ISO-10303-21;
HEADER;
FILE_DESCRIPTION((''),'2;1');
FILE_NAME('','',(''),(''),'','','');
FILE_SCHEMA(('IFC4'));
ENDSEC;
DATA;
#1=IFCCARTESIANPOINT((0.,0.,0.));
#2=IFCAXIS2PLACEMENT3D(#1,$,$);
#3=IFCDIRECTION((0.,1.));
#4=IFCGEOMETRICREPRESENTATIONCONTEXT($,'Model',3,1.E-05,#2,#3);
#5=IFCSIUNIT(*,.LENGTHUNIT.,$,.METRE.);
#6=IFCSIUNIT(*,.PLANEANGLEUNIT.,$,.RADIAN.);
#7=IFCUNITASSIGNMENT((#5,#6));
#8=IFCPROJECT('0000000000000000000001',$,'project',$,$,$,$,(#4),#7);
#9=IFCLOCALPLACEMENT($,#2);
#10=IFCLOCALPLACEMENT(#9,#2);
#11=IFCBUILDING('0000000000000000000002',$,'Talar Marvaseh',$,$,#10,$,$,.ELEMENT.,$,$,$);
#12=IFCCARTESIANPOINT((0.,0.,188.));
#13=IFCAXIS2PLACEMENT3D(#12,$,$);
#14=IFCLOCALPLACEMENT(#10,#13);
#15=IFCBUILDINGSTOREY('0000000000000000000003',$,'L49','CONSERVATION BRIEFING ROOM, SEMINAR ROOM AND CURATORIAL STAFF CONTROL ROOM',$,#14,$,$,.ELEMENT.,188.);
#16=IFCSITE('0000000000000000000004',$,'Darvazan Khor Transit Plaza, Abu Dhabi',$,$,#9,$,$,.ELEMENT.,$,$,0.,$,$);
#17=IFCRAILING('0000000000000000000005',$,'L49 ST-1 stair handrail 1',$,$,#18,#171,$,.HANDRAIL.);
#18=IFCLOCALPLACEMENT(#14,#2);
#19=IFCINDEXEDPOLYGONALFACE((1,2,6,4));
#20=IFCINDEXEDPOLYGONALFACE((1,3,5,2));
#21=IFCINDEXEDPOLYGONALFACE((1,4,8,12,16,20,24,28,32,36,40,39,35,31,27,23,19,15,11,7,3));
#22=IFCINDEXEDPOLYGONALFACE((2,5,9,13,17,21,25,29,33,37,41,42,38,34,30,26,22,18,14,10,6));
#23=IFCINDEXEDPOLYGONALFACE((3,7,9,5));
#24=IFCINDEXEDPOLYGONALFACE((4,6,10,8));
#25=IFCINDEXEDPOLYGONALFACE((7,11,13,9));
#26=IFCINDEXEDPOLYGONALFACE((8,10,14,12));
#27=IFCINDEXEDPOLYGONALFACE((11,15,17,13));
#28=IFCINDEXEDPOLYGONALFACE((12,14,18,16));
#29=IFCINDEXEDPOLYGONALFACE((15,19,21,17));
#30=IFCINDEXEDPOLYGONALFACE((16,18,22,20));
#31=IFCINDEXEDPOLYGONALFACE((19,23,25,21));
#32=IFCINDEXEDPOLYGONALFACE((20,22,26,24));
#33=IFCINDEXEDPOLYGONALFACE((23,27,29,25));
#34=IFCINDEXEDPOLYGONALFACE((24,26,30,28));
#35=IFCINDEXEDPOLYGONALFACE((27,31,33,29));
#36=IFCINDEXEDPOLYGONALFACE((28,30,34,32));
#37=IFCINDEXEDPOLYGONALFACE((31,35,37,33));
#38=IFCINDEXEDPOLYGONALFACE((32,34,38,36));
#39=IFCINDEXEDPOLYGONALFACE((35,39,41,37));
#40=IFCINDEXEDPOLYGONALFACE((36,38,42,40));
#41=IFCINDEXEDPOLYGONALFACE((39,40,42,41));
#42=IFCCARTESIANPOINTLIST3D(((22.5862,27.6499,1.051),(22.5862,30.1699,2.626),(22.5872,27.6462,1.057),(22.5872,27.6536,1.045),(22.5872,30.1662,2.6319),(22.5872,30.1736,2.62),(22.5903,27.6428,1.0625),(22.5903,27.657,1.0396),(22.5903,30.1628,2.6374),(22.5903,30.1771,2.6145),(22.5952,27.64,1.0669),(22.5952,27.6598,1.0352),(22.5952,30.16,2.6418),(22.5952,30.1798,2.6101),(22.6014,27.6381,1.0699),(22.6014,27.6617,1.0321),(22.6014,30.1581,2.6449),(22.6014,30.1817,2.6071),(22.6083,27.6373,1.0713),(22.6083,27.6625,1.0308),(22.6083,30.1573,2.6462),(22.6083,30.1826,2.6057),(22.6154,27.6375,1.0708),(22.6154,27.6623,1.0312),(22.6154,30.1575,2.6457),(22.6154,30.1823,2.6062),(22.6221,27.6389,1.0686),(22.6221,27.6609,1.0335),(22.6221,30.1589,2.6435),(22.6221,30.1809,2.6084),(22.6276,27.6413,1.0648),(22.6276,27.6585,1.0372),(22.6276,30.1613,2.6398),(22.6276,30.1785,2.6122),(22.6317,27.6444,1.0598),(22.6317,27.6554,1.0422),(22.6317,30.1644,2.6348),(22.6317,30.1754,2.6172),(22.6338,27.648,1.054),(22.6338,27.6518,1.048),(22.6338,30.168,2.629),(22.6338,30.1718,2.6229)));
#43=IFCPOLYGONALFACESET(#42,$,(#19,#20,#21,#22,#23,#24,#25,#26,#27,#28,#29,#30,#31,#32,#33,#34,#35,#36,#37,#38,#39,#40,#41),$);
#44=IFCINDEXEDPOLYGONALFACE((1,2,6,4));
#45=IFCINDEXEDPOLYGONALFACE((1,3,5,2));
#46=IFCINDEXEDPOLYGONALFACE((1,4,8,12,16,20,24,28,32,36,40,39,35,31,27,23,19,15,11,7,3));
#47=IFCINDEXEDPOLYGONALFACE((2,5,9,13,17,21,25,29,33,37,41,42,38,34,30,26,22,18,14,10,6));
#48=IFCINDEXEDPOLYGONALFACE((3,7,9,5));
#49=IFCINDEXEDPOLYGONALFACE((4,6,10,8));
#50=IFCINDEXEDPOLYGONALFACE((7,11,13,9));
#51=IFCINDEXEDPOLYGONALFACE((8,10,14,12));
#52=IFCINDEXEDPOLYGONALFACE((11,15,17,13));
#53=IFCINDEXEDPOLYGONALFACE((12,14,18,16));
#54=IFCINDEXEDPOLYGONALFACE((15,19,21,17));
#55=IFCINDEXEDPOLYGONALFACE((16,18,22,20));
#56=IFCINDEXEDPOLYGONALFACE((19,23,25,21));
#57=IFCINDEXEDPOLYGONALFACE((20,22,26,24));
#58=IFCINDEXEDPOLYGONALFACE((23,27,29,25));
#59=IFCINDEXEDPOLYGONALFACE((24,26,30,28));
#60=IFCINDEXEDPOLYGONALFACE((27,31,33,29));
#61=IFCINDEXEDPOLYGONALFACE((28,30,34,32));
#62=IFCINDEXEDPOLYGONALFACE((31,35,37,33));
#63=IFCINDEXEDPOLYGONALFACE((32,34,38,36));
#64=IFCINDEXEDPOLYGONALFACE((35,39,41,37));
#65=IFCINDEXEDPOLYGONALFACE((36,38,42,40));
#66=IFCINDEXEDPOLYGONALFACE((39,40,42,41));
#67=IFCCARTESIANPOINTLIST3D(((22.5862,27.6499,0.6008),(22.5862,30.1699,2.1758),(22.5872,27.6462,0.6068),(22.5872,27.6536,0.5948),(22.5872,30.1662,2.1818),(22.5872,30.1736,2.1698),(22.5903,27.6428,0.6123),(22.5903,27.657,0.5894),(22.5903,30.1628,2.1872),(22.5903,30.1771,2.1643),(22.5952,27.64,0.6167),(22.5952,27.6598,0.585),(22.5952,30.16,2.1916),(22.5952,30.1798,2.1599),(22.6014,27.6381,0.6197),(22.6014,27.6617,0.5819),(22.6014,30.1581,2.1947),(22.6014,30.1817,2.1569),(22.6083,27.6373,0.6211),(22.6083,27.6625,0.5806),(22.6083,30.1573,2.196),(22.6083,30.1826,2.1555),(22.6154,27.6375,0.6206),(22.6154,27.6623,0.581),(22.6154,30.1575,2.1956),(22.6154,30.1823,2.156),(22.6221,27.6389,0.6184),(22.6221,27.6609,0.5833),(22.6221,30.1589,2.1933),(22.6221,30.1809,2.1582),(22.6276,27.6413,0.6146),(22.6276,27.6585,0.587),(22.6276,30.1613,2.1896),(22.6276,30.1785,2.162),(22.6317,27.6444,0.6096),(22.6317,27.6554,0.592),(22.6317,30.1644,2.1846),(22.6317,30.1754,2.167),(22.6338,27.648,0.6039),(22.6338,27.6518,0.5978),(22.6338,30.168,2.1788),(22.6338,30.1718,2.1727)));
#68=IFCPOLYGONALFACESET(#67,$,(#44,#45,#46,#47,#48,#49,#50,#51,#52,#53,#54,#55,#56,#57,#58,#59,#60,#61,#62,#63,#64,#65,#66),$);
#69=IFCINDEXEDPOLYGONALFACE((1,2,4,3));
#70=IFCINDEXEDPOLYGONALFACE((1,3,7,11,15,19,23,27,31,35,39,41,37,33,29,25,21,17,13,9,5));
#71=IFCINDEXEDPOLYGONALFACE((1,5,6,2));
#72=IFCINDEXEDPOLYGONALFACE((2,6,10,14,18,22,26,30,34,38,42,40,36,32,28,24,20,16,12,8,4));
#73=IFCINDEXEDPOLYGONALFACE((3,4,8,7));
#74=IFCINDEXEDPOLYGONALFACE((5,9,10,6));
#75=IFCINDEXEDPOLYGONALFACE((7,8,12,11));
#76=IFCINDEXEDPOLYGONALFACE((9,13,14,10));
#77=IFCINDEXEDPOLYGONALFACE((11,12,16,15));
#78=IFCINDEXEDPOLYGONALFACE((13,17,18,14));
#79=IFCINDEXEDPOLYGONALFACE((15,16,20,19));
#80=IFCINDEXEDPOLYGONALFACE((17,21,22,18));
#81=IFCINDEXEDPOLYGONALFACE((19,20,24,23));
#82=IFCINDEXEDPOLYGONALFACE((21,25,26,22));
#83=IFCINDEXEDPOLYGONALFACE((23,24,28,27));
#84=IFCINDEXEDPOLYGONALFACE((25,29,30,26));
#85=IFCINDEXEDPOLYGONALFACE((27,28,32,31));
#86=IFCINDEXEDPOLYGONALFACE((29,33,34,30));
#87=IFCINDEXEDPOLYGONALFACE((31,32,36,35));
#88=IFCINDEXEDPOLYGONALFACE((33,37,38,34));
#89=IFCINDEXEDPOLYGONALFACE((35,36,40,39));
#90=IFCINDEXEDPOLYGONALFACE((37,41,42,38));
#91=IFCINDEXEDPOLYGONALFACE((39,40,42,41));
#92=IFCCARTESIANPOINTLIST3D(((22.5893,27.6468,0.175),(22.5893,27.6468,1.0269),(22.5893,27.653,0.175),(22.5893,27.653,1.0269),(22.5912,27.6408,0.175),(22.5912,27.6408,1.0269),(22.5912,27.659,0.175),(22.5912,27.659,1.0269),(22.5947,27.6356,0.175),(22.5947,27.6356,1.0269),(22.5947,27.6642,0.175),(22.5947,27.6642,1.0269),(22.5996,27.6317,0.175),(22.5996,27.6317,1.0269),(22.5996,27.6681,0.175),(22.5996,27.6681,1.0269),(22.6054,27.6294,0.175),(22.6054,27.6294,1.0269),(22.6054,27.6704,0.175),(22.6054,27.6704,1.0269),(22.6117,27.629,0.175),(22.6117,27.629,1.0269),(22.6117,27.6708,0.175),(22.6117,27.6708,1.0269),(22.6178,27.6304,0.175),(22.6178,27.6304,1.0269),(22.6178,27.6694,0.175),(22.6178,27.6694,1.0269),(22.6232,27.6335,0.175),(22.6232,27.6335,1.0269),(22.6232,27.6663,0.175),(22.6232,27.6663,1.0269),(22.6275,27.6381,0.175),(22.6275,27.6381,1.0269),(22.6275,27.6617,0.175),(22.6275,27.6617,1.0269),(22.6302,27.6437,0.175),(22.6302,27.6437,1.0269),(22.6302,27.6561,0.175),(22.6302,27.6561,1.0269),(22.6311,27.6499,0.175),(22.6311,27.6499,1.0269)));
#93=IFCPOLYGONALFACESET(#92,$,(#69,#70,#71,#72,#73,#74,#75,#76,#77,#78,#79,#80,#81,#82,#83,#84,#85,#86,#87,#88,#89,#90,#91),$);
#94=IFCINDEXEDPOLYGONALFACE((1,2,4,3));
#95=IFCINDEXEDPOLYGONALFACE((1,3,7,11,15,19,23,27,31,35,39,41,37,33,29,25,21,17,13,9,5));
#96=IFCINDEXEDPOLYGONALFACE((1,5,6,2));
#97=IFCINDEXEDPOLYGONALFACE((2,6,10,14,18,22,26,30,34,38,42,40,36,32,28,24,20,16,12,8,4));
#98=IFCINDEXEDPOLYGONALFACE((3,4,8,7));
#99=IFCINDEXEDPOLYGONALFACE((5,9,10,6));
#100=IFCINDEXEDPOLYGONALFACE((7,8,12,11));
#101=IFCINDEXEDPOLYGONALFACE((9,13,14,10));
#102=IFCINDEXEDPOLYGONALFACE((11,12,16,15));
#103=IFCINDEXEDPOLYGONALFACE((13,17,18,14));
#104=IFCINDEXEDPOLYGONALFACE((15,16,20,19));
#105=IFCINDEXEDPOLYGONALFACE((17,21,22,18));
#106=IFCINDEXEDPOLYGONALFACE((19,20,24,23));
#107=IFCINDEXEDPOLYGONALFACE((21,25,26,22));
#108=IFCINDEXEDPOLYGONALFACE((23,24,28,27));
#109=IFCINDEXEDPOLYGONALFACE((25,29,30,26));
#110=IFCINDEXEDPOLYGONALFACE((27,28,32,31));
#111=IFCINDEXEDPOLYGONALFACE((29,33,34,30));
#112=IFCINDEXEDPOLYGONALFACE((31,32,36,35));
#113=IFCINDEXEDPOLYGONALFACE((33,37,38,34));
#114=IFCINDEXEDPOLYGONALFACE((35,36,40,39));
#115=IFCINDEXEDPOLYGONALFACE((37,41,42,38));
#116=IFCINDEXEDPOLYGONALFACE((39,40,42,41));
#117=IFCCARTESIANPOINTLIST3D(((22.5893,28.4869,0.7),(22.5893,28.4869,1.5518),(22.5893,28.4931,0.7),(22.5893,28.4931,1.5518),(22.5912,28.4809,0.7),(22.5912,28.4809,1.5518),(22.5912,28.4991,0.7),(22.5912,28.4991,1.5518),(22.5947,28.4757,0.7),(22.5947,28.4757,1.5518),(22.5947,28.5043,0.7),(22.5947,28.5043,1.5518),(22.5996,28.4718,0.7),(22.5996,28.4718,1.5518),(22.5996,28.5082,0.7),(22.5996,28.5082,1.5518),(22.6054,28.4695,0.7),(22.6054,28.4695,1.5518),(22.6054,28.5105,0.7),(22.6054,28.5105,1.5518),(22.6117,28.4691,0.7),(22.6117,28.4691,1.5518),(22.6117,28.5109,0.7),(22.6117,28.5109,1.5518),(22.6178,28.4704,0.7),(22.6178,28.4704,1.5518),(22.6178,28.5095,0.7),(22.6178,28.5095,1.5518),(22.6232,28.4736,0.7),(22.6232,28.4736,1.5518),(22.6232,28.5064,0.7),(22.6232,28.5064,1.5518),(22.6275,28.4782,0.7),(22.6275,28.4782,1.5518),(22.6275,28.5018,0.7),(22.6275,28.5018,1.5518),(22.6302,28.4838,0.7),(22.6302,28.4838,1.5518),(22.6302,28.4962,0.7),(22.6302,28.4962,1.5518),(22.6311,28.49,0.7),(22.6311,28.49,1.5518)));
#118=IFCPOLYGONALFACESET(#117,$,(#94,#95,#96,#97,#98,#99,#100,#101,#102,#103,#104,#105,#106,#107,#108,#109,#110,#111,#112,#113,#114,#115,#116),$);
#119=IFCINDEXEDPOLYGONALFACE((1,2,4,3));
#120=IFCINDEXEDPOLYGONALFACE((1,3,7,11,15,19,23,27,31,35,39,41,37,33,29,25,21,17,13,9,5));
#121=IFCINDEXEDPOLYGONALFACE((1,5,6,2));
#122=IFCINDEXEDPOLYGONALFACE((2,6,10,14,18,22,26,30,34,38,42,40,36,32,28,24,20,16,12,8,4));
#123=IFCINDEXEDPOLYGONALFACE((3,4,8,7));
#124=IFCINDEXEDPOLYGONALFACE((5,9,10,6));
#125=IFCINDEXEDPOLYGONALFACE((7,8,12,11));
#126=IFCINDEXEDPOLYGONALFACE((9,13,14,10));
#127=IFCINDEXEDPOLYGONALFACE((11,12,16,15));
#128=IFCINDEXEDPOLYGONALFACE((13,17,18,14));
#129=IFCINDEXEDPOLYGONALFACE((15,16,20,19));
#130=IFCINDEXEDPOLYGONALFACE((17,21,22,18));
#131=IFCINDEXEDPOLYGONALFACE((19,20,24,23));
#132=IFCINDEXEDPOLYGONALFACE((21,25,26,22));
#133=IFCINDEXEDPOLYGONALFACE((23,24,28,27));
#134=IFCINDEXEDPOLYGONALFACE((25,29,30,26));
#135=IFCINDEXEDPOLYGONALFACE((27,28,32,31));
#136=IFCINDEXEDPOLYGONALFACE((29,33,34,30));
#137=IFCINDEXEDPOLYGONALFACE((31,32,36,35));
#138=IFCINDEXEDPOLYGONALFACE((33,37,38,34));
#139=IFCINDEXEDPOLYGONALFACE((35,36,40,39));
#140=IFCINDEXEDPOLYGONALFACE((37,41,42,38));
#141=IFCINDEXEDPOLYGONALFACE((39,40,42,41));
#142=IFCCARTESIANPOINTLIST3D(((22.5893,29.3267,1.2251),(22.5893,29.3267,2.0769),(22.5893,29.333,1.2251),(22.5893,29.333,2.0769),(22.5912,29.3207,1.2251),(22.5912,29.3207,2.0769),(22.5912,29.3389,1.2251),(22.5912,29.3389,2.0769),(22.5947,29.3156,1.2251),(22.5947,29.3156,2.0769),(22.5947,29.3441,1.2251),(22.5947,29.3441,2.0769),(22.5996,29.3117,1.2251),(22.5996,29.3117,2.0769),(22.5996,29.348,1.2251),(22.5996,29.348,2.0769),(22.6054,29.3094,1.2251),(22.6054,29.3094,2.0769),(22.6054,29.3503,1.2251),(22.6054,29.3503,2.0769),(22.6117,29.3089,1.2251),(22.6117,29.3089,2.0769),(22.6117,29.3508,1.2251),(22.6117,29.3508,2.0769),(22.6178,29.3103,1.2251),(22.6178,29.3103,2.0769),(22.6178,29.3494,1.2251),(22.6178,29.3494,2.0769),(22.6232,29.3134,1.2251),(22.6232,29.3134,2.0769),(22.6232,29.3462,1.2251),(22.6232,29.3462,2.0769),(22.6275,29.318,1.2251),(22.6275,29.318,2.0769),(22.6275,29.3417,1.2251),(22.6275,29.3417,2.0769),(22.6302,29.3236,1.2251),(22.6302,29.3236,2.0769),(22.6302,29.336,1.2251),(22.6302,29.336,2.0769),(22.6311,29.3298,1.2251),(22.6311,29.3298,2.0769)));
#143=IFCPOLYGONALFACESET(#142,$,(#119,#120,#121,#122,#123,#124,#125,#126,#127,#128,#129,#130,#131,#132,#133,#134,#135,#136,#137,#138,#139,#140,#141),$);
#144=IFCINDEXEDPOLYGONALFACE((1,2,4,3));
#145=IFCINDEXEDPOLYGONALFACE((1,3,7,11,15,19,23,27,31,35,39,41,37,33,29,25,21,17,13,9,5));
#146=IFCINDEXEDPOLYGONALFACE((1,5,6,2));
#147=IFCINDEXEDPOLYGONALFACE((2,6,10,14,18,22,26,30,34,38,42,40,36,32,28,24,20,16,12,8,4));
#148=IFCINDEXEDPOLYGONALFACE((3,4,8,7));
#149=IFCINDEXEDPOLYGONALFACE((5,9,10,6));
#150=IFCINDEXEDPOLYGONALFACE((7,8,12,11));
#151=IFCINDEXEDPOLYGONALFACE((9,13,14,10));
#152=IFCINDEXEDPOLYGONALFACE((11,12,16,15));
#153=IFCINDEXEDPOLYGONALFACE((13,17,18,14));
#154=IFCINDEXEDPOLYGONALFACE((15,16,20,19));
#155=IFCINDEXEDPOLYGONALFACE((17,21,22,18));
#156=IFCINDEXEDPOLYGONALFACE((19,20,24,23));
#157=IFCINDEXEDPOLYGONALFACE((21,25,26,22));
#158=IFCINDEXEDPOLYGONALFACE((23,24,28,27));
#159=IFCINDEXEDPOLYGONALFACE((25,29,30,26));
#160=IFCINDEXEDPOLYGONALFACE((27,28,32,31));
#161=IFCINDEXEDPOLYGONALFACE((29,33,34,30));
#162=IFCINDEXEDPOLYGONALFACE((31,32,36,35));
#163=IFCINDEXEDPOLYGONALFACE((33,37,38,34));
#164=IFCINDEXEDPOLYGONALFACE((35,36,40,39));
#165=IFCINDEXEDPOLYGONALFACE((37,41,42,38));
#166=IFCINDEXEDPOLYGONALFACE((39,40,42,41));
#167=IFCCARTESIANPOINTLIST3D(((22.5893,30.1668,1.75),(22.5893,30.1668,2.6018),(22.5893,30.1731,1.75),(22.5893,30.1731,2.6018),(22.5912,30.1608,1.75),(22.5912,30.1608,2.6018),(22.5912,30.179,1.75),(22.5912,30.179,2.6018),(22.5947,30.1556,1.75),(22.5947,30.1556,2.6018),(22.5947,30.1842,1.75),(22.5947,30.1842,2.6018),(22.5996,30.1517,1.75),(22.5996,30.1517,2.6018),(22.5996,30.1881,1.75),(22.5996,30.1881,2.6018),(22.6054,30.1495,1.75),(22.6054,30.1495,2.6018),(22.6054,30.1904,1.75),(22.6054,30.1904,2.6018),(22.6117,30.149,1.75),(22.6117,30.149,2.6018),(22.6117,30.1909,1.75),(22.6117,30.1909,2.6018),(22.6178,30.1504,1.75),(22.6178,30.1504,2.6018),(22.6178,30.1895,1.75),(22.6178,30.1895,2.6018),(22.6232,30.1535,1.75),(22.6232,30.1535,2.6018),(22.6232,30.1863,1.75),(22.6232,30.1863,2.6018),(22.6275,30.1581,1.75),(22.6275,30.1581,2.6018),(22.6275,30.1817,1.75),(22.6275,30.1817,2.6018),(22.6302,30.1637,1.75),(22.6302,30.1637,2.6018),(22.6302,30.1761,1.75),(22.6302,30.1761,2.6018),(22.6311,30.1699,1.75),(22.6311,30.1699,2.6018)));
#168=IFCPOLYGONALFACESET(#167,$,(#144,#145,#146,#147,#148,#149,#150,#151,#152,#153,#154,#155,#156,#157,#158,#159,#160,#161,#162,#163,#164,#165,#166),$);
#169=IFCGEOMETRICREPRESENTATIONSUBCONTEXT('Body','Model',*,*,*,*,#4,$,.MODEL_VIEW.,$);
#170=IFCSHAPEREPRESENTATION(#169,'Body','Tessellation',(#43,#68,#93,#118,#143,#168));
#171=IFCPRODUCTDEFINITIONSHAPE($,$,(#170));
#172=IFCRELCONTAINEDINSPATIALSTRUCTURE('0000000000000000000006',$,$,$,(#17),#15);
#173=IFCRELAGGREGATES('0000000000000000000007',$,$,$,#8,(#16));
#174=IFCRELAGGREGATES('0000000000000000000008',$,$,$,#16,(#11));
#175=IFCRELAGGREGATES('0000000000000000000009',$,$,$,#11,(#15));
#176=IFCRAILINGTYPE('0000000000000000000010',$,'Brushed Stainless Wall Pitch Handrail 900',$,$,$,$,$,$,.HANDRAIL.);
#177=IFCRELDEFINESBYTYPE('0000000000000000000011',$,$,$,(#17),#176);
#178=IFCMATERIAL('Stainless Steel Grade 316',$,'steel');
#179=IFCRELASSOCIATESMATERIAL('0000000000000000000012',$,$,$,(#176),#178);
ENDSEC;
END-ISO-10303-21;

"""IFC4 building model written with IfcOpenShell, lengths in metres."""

from ifc_helpers import new_model, si_unit, direction, frame, origin, origin_2d, place, context, subcontext, project, spatial, circle, extrude, material, type_object, element, save


model = new_model("IFC4")

# Units and contexts
model_context = context("Model", 3, precision=1e-05, world=origin(), true_north=direction((0.0, 1.0)))
body_context = subcontext(model_context, "Body", "Model", "MODEL_VIEW")
ifc_project = project(units=[si_unit("LENGTHUNIT", "METRE"), si_unit("PLANEANGLEUNIT", "RADIAN")], contexts=[model_context])

# Site, building, storey
site_placement = place(None, origin())
site = spatial("IfcSite", under=ifc_project, at=site_placement, Name="Darvazan Khor Transit Plaza, Abu Dhabi", CompositionType="ELEMENT", RefElevation=0.0)
building_placement = place(site_placement, origin())
building = spatial("IfcBuilding", under=site, at=building_placement, Name="Talar Marvaseh", CompositionType="ELEMENT")
storey_placement = place(building_placement, frame((0.0, 0.0, 188.0)))
storey = spatial("IfcBuildingStorey", under=building, at=storey_placement, Name="L49", Description="CONSERVATION BRIEFING ROOM, SEMINAR ROOM AND CURATORIAL STAFF CONTROL ROOM", CompositionType="ELEMENT", Elevation=188.0)

# Shared definitions
ifc_material_1 = material(Name="Stainless Steel Grade 316", Category="steel")

# Railing
railing_type_1 = type_object("IfcRailingType", Name="Brushed Stainless Wall Pitch Handrail 900", PredefinedType="HANDRAIL", material=ifc_material_1)
railing_1_placement = place(storey_placement, frame((22.6101, 27.6499, 0.175)))
element("IfcRailing", 1, at=railing_1_placement, inside=storey, type_object=railing_type_1, Name="L49 ST-1 stair handrail 1", PredefinedType="HANDRAIL", context=body_context, shape_type="SweptSolid", body=[
    extrude(circle(Radius=0.0239, at=origin_2d()), frame((0.0, 0.0, 0.876), z_axis=(0.0, 0.848008, 0.529984), x_axis=(-1.0, 0.0, 0.0)), (0.0, 0.0, 1.0), 2.9717),
    extrude(circle(Radius=0.0239, at=origin_2d()), frame((0.0, 0.0, 0.4258), z_axis=(0.0, 0.848008, 0.529984), x_axis=(-1.0, 0.0, 0.0)), (0.0, 0.0, 1.0), 2.9717),
    extrude(circle(Radius=0.021, at=origin_2d()), origin(), (0.0, 0.0, 1.0), 0.8518),
    extrude(circle(Radius=0.021, at=origin_2d()), frame((0.0, 0.8401, 0.5249)), (0.0, 0.0, 1.0), 0.8518),
    extrude(circle(Radius=0.021, at=origin_2d()), frame((0.0, 1.6799, 1.05)), (0.0, 0.0, 1.0), 0.8518),
    extrude(circle(Radius=0.021, at=origin_2d()), frame((0.0, 2.52, 1.575)), (0.0, 0.0, 1.0), 0.8518),
])

save(model, "model.ifc")
